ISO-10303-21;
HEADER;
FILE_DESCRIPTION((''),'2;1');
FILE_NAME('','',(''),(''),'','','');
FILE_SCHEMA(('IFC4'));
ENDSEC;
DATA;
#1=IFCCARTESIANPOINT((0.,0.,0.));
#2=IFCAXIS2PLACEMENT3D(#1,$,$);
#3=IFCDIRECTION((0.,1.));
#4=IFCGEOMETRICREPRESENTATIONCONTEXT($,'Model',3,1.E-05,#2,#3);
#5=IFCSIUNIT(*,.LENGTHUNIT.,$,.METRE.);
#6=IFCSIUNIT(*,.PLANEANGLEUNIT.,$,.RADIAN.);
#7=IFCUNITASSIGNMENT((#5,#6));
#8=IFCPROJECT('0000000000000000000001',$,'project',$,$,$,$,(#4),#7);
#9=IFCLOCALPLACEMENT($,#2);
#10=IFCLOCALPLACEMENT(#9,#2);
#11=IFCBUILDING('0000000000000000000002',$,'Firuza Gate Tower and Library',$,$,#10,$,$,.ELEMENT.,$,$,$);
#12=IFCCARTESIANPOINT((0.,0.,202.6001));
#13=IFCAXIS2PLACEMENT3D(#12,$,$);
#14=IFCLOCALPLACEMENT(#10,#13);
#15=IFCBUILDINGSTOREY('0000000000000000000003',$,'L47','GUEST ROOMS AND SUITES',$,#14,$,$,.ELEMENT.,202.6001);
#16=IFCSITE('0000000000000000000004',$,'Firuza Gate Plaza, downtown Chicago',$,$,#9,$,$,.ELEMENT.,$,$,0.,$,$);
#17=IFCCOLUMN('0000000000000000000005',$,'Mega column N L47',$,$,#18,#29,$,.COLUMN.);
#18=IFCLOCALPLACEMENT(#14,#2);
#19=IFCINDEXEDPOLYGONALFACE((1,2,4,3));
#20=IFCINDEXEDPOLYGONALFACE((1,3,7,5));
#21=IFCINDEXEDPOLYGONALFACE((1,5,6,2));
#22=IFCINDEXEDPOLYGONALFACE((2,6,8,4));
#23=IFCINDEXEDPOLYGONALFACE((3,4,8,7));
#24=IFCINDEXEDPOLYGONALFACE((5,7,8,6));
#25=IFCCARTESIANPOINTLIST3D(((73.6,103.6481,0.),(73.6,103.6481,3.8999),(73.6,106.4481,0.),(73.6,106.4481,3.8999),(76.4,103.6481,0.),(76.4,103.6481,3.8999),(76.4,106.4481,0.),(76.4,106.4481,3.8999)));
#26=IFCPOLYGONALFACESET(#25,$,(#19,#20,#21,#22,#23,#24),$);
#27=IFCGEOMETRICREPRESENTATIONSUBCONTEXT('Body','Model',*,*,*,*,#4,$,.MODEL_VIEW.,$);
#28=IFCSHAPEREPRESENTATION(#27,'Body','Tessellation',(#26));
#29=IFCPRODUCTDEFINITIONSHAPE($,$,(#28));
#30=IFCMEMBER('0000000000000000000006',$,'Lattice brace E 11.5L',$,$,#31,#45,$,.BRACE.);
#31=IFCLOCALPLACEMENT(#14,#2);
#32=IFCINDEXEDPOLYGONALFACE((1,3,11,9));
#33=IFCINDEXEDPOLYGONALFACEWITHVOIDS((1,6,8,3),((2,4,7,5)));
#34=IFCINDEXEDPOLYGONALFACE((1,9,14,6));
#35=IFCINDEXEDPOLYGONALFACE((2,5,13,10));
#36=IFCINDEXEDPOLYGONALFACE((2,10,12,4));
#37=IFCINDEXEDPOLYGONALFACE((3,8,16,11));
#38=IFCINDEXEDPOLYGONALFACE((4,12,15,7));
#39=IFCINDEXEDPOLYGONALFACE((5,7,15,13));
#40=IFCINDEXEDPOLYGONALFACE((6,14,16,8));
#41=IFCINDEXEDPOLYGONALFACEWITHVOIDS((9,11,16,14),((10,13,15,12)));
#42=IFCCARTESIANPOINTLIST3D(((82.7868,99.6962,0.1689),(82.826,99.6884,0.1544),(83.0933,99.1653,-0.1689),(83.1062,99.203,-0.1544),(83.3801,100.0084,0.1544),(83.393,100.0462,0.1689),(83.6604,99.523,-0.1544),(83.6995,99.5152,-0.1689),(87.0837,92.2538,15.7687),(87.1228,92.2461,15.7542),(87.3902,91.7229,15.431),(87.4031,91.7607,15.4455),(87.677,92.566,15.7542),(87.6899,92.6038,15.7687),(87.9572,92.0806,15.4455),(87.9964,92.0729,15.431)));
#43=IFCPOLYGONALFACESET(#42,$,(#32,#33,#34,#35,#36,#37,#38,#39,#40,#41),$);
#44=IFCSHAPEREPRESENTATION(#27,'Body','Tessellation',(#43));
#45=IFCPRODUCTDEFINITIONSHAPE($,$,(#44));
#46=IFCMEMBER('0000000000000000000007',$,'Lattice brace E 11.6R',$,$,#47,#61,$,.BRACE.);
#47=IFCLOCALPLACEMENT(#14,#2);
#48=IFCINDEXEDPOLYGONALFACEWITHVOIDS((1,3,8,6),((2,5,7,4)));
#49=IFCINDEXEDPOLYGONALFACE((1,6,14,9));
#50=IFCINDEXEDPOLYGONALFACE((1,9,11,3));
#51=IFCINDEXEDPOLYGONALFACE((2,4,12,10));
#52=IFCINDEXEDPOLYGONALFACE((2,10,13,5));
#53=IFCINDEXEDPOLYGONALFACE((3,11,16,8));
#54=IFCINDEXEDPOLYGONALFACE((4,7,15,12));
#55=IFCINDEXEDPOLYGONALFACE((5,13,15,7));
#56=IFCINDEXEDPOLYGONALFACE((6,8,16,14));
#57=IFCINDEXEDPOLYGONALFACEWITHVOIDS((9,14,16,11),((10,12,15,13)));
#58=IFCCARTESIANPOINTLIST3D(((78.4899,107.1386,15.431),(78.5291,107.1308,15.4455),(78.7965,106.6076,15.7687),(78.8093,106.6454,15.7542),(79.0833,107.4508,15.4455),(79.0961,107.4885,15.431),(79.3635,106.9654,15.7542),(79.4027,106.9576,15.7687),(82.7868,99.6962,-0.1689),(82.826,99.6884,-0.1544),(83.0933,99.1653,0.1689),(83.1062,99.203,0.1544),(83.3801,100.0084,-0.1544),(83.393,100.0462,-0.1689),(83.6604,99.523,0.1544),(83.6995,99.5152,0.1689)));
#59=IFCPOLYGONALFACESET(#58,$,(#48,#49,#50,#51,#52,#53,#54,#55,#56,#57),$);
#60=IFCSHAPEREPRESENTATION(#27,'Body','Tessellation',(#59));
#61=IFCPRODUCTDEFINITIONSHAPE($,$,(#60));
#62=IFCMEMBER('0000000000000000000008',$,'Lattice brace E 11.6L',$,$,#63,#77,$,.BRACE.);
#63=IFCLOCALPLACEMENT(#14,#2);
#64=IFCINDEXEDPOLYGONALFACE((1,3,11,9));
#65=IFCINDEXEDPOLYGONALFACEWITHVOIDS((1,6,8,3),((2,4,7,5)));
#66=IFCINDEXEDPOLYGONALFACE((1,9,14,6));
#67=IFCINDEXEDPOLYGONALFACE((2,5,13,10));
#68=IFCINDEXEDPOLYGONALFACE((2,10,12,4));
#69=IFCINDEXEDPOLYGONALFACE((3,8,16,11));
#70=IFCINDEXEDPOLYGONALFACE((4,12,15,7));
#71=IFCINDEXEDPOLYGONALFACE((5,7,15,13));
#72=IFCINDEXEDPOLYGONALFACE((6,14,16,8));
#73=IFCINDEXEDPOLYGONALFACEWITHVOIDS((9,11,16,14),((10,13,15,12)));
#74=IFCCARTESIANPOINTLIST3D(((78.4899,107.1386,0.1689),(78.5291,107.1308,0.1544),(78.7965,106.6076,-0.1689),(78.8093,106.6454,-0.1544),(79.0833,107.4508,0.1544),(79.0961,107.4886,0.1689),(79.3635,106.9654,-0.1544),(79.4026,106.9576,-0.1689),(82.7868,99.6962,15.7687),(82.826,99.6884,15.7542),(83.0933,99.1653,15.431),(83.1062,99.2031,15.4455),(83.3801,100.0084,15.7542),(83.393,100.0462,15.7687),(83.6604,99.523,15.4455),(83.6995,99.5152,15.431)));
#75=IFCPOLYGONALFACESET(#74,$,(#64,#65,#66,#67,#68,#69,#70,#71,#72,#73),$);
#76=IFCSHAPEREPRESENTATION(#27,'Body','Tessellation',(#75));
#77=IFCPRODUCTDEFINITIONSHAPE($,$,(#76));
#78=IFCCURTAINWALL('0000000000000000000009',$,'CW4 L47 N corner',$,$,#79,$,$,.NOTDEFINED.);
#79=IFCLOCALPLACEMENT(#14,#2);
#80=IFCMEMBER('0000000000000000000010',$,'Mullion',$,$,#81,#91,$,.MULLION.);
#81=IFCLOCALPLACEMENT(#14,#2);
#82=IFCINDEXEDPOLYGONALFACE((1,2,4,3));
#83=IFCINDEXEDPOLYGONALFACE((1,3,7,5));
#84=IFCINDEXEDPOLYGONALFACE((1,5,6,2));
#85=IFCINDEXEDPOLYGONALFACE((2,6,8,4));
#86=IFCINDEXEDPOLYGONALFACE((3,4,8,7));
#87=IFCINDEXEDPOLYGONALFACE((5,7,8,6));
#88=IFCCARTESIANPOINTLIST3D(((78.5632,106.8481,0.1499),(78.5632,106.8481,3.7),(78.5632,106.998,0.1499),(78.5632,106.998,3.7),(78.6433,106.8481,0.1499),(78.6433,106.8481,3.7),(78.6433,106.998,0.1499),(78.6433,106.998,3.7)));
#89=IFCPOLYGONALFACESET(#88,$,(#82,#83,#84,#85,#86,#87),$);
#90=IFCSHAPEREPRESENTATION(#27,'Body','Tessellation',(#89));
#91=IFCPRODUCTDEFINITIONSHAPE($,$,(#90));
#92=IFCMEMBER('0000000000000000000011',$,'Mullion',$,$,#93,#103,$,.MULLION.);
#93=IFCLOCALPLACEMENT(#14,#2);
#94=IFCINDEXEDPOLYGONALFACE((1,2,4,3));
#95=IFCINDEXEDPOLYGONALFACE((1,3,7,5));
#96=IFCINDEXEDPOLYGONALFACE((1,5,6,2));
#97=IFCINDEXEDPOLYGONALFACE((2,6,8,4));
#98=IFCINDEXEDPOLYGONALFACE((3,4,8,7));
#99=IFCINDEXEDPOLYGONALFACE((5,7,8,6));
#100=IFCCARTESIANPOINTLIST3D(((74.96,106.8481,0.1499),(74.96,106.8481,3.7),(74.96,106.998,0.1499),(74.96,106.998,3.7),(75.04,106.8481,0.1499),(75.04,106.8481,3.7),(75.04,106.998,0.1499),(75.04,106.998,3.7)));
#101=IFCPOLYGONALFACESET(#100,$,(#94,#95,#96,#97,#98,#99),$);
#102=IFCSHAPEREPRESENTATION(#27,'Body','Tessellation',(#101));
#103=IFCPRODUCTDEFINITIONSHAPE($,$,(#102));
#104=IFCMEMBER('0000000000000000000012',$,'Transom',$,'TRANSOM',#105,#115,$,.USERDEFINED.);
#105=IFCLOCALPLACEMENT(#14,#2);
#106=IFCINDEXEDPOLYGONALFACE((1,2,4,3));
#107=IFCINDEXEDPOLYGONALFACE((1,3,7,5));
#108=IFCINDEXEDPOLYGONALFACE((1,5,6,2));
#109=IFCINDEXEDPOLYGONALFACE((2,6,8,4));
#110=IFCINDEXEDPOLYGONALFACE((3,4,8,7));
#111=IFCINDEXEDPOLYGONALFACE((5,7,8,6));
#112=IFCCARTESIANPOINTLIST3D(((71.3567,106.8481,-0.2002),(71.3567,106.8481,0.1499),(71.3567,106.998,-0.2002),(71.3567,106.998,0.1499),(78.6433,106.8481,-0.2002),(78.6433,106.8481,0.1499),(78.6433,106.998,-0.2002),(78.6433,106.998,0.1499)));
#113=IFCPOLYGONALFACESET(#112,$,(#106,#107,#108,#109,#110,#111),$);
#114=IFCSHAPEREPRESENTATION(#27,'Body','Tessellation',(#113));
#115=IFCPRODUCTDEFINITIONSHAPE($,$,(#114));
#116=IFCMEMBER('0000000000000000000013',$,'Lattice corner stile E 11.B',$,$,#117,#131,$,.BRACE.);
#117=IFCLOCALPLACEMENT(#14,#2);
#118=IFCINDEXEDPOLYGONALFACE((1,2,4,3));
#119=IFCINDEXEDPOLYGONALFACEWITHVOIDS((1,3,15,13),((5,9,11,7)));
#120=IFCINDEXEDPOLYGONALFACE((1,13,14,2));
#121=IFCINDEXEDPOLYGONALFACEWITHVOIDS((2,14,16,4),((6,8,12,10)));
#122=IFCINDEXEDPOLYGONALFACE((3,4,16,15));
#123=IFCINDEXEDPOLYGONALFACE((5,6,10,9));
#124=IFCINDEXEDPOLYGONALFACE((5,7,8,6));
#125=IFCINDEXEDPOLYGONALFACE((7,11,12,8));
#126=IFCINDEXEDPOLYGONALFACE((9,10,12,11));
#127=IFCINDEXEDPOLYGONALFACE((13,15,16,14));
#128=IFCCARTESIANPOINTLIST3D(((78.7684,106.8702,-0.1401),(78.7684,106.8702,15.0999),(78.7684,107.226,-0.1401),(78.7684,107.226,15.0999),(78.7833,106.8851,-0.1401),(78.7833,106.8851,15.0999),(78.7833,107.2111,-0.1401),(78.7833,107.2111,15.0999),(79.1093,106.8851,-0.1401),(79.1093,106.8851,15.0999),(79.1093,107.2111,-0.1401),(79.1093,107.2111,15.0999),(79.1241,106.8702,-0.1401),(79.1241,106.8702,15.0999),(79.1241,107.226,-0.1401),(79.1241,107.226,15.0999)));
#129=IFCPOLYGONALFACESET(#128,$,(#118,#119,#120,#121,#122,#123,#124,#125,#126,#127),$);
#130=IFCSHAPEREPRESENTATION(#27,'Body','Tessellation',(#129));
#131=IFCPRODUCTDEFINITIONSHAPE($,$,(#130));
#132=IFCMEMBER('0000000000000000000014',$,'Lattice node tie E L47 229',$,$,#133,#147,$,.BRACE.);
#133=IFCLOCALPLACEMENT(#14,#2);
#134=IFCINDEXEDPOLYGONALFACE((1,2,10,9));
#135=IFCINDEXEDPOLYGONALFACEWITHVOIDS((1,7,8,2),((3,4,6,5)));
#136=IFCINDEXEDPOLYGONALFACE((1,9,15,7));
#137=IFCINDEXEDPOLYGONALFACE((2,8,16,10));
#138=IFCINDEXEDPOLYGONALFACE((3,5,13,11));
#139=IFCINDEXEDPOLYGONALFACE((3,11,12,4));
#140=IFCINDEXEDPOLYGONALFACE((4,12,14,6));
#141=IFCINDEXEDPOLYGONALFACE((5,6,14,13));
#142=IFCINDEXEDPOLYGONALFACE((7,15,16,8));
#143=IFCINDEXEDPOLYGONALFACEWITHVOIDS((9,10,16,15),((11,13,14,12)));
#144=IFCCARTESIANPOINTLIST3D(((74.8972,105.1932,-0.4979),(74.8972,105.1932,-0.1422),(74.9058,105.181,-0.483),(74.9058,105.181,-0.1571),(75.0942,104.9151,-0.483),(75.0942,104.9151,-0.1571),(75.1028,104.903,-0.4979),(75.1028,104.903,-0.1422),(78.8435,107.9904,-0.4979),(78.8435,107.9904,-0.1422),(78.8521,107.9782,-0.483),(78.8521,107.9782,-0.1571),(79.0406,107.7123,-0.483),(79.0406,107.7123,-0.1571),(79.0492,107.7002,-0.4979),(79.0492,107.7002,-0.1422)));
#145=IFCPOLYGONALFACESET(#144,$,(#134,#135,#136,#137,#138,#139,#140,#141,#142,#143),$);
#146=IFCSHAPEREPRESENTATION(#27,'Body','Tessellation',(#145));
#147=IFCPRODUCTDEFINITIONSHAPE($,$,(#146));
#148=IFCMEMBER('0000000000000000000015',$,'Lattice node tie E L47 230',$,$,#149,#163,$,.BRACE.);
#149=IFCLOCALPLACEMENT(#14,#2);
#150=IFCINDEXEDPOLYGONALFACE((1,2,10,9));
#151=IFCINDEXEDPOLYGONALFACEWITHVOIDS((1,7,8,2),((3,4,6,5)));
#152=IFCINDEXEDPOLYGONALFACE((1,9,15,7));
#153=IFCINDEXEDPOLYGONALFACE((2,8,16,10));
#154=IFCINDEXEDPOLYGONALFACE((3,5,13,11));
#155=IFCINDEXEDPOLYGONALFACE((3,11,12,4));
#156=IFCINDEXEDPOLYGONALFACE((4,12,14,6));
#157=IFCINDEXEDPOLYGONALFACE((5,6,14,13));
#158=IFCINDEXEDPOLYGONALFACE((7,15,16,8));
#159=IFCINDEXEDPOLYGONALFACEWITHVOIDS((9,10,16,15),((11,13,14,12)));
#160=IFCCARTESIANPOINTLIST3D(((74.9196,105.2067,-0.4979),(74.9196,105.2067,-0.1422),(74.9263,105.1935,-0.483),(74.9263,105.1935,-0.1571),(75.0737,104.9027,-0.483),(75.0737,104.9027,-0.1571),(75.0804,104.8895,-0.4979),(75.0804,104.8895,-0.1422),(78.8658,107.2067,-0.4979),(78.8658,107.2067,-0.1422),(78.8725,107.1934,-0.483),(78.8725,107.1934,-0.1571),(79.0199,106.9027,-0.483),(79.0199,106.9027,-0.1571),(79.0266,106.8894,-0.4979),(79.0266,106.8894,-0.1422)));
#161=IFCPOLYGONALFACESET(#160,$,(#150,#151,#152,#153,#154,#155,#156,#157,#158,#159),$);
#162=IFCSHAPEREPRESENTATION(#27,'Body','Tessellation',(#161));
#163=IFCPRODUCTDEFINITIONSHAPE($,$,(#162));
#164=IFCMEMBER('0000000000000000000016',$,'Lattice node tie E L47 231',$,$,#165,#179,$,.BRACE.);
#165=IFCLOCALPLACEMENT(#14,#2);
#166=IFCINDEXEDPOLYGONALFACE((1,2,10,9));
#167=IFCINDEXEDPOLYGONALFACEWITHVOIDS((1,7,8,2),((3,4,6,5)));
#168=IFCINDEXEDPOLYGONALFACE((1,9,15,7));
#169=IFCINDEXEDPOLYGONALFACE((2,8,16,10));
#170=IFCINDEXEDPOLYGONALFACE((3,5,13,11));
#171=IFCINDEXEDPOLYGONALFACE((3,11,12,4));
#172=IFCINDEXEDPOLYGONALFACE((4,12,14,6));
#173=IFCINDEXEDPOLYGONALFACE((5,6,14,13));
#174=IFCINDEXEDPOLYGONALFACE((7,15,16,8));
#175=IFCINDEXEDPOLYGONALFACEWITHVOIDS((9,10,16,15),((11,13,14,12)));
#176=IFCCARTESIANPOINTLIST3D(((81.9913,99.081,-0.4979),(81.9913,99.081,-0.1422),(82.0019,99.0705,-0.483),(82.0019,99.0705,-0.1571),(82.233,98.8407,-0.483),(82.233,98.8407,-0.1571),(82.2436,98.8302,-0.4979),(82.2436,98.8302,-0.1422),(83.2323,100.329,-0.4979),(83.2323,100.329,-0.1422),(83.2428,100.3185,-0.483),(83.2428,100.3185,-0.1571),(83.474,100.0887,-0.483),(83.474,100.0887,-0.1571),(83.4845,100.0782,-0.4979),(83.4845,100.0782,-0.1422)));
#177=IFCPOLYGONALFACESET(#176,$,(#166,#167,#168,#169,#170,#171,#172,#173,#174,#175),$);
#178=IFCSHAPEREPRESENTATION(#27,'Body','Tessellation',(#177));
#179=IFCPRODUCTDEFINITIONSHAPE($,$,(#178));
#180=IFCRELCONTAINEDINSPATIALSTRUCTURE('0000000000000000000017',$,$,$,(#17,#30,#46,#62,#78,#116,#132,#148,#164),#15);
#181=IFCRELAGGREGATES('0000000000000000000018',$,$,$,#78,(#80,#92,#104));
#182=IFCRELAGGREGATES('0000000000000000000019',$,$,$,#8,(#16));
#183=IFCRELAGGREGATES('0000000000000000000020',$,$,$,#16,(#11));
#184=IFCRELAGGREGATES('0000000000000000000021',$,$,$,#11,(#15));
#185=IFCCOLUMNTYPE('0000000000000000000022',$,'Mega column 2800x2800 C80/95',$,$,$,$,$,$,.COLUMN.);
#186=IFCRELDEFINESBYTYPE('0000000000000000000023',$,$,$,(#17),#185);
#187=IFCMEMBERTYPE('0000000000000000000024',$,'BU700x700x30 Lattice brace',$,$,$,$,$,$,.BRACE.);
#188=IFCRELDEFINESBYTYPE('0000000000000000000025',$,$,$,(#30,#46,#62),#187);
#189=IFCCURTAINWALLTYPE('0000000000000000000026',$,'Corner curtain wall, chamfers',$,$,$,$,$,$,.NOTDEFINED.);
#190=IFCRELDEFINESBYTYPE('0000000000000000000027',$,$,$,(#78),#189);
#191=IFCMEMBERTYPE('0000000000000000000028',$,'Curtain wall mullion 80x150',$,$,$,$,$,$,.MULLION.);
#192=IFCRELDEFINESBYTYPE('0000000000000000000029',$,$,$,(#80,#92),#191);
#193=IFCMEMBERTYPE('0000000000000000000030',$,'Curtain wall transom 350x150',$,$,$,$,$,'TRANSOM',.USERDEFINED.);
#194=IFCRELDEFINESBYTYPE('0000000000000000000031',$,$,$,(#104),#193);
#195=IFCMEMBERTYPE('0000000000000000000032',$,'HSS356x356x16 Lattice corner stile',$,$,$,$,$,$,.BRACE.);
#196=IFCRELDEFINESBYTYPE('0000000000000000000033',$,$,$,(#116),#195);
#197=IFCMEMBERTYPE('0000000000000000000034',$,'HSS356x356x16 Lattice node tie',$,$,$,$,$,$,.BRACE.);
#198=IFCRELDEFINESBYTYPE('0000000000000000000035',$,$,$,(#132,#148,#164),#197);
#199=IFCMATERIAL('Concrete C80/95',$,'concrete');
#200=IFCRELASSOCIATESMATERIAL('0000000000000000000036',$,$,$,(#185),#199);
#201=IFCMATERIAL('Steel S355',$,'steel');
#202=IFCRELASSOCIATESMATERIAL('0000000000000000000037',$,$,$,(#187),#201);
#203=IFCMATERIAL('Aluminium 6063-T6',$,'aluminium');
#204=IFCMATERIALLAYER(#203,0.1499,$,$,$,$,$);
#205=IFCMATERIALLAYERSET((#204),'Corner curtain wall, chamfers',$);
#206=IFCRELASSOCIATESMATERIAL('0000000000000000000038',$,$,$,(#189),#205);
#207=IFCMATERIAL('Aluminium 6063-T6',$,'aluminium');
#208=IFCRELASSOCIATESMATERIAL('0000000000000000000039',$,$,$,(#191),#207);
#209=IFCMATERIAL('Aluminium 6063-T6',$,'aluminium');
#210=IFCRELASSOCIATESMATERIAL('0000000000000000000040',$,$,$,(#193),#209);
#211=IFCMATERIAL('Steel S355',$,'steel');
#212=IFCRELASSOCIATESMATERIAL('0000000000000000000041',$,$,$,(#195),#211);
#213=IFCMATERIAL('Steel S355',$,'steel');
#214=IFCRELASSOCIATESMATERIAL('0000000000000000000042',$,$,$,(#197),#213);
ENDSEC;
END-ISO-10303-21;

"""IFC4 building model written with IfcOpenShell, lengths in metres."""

from ifc_helpers import new_model, si_unit, direction, frame, origin, origin_2d, place, context, subcontext, project, spatial, rectangle, hollow_rectangle, extrude, material, layer, layer_set, material_profile, profile_set, type_object, element, aggregate, save


model = new_model("IFC4")

# Units and contexts
model_context = context("Model", 3, precision=1e-05, world=origin(), true_north=direction((0.0, 1.0)))
body_context = subcontext(model_context, "Body", "Model", "MODEL_VIEW")
ifc_project = project(units=[si_unit("LENGTHUNIT", "METRE"), si_unit("PLANEANGLEUNIT", "RADIAN")], contexts=[model_context])

# Site, building, storey
site_placement = place(None, origin())
site = spatial("IfcSite", under=ifc_project, at=site_placement, Name="Firuza Gate Plaza, downtown Chicago", CompositionType="ELEMENT", RefElevation=0.0)
building_placement = place(site_placement, origin())
building = spatial("IfcBuilding", under=site, at=building_placement, Name="Firuza Gate Tower and Library", CompositionType="ELEMENT")
storey_placement = place(building_placement, frame((0.0, 0.0, 202.6001)))
storey = spatial("IfcBuildingStorey", under=building, at=storey_placement, Name="L47", Description="GUEST ROOMS AND SUITES", CompositionType="ELEMENT", Elevation=202.6001)

# Column
ifc_material_1 = material(Name="Concrete C80/95", Category="concrete")
ifc_material_profile_1 = material_profile(ifc_material_1, rectangle(XDim=2.8, YDim=2.8, at=origin_2d()))
ifc_profile_set_1 = profile_set([ifc_material_profile_1], Name="Concrete C80/95")
column_type = type_object("IfcColumnType", Name="Mega column 2800x2800 C80/95", PredefinedType="COLUMN", material=ifc_profile_set_1)
column_placement = place(storey_placement, frame((75.0, 105.0481, 0.0), z_axis=(0.0, 0.0, 1.0), x_axis=(-1.0, 0.0, 0.0)))
element("IfcColumn", 1, at=column_placement, inside=storey, type_object=column_type, Name="Mega column N L47", PredefinedType="COLUMN", context=body_context, shape_type="SweptSolid", body=[
    extrude(rectangle(XDim=2.8, YDim=2.8, at=origin_2d()), origin(), (0.0, 0.0, 1.0), 3.8999),
])

# Members
ifc_material_2 = material(Name="Steel S355", Category="steel")
ifc_material_profile_2 = material_profile(ifc_material_2, hollow_rectangle(XDim=0.7, YDim=0.7, WallThickness=0.03, at=origin_2d()))
ifc_profile_set_2 = profile_set([ifc_material_profile_2], Name="Steel S355")
member_type_1 = type_object("IfcMemberType", Name="BU700x700x30 Lattice brace", PredefinedType="BRACE", material=ifc_profile_set_2)
for number, where, z_axis, x_axis, name in (
    (2, (83.2432, 99.6057, 0.0), (0.241258, -0.417869, 0.875888), (0.866025, 0.500001, 0.0), "Lattice brace E 11.5L"),
    (3, (83.2432, 99.6057, 0.0), (-0.241258, 0.417869, 0.875888), (-0.866025, -0.500001, 0.0), "Lattice brace E 11.6R"),
    (4, (78.9463, 107.0481, 0.0), (0.241258, -0.417869, 0.875888), (0.866025, 0.500001, 0.0), "Lattice brace E 11.6L"),
):
    element("IfcMember", number, at=place(storey_placement, frame(where, z_axis=z_axis, x_axis=x_axis)), inside=storey, type_object=member_type_1, Name=name, PredefinedType="BRACE", context=body_context, shape_type="SweptSolid", body=[
        extrude(hollow_rectangle(XDim=0.7, YDim=0.7, WallThickness=0.03, at=origin_2d()), origin(), (0.0, 0.0, 1.0), 17.8103),
    ])

# Curtain wall, members
ifc_material_3 = material(Name="Aluminium 6063-T6", Category="aluminium")
ifc_layer_1 = layer(ifc_material_3, 0.1499)
ifc_layer_set_1 = layer_set([ifc_layer_1], Name="Corner curtain wall, chamfers")
curtain_wall_type = type_object("IfcCurtainWallType", Name="Corner curtain wall, chamfers", PredefinedType="NOTDEFINED", material=ifc_layer_set_1)
curtain_wall_placement = place(storey_placement, origin())
curtain_wall = element("IfcCurtainWall", 5, at=curtain_wall_placement, inside=storey, type_object=curtain_wall_type, Name="CW4 L47 N corner", PredefinedType="NOTDEFINED")
ifc_material_4 = material(Name="Aluminium 6063-T6", Category="aluminium")
ifc_material_profile_3 = material_profile(ifc_material_4, rectangle(XDim=0.1499, YDim=0.0801, at=origin_2d()))
ifc_profile_set_3 = profile_set([ifc_material_profile_3], Name="Aluminium 6063-T6")
member_type_2 = type_object("IfcMemberType", Name="Curtain wall mullion 80x150", PredefinedType="MULLION", material=ifc_profile_set_3)
member_1_placement = place(storey_placement, frame((78.6033, 106.9231, 0.1499), z_axis=(0.0, 0.0, 1.0), x_axis=(0.0, -1.0, 0.0)))
member_1 = element("IfcMember", 6, at=member_1_placement, type_object=member_type_2, Name="Mullion", PredefinedType="MULLION", context=body_context, shape_type="SweptSolid", body=[
    extrude(rectangle(XDim=0.1499, YDim=0.0801, at=origin_2d()), origin(), (0.0, 0.0, 1.0), 3.55),
])
member_2_placement = place(storey_placement, frame((75.0, 106.9231, 0.1499), z_axis=(0.0, 0.0, 1.0), x_axis=(0.0, -1.0, 0.0)))
member_2 = element("IfcMember", 7, at=member_2_placement, type_object=member_type_2, Name="Mullion", PredefinedType="MULLION", context=body_context, shape_type="SweptSolid", body=[
    extrude(rectangle(XDim=0.1499, YDim=0.0801, at=origin_2d()), origin(), (0.0, 0.0, 1.0), 3.55),
])
ifc_material_5 = material(Name="Aluminium 6063-T6", Category="aluminium")
ifc_material_profile_4 = material_profile(ifc_material_5, rectangle(XDim=0.1499, YDim=0.3501, at=origin_2d()))
ifc_profile_set_4 = profile_set([ifc_material_profile_4], Name="Aluminium 6063-T6")
member_type_3 = type_object("IfcMemberType", Name="Curtain wall transom 350x150", ElementType="TRANSOM", PredefinedType="USERDEFINED", material=ifc_profile_set_4)
member_3_placement = place(storey_placement, frame((78.6433, 106.9231, -0.0251), z_axis=(-1.0, 0.0, 0.0), x_axis=(0.0, -1.0, 0.0)))
member_3 = element("IfcMember", 8, at=member_3_placement, type_object=member_type_3, Name="Transom", ObjectType="TRANSOM", PredefinedType="USERDEFINED", context=body_context, shape_type="SweptSolid", body=[
    extrude(rectangle(XDim=0.1499, YDim=0.3501, at=origin_2d()), origin(), (0.0, 0.0, 1.0), 7.2866),
])

# Members
ifc_material_6 = material(Name="Steel S355", Category="steel")
ifc_material_profile_5 = material_profile(ifc_material_6, hollow_rectangle(XDim=0.3557, YDim=0.3557, WallThickness=0.0149, at=origin_2d()))
ifc_profile_set_5 = profile_set([ifc_material_profile_5], Name="Steel S355")
member_type_4 = type_object("IfcMemberType", Name="HSS356x356x16 Lattice corner stile", PredefinedType="BRACE", material=ifc_profile_set_5)
member_4_placement = place(storey_placement, frame((78.9463, 107.0481, -0.1401), z_axis=(0.0, 0.0, 1.0), x_axis=(1.0, 0.0, 0.0)))
element("IfcMember", 9, at=member_4_placement, inside=storey, type_object=member_type_4, Name="Lattice corner stile E 11.B", PredefinedType="BRACE", context=body_context, shape_type="SweptSolid", body=[
    extrude(hollow_rectangle(XDim=0.3557, YDim=0.3557, WallThickness=0.0149, at=origin_2d()), origin(), (0.0, 0.0, 1.0), 15.24),
])
ifc_material_7 = material(Name="Steel S355", Category="steel")
ifc_material_profile_6 = material_profile(ifc_material_7, hollow_rectangle(XDim=0.3557, YDim=0.3557, WallThickness=0.0149, at=origin_2d()))
ifc_profile_set_6 = profile_set([ifc_material_profile_6], Name="Steel S355")
member_type_5 = type_object("IfcMemberType", Name="HSS356x356x16 Lattice node tie", PredefinedType="BRACE", material=ifc_profile_set_6)
member_5_placement = place(storey_placement, frame((75.0, 105.0481, -0.3201), z_axis=(0.815846, 0.578269, 0.0), x_axis=(-0.578269, 0.815846, 0.0)))
element("IfcMember", 10, at=member_5_placement, inside=storey, type_object=member_type_5, Name="Lattice node tie E L47 229", PredefinedType="BRACE", context=body_context, shape_type="SweptSolid", body=[
    extrude(hollow_rectangle(XDim=0.3557, YDim=0.3557, WallThickness=0.0149, at=origin_2d()), origin(), (0.0, 0.0, 1.0), 4.8372),
])
member_6_placement = place(storey_placement, frame((75.0, 105.0481, -0.3201), z_axis=(0.891986, 0.452063, 0.0), x_axis=(-0.452063, 0.891986, 0.0)))
element("IfcMember", 11, at=member_6_placement, inside=storey, type_object=member_type_5, Name="Lattice node tie E L47 230", PredefinedType="BRACE", context=body_context, shape_type="SweptSolid", body=[
    extrude(hollow_rectangle(XDim=0.3557, YDim=0.3557, WallThickness=0.0149, at=origin_2d()), origin(), (0.0, 0.0, 1.0), 4.4241),
])
member_7_placement = place(storey_placement, frame((82.1174, 98.9556, -0.3201), z_axis=(0.705093, 0.709115, 0.0), x_axis=(-0.709115, 0.705093, 0.0)))
element("IfcMember", 12, at=member_7_placement, inside=storey, type_object=member_type_5, Name="Lattice node tie E L47 231", PredefinedType="BRACE", context=body_context, shape_type="SweptSolid", body=[
    extrude(hollow_rectangle(XDim=0.3557, YDim=0.3557, WallThickness=0.0149, at=origin_2d()), origin(), (0.0, 0.0, 1.0), 1.76),
])

aggregate(curtain_wall, [member_1, member_2, member_3])

save(model, "model.ifc")
